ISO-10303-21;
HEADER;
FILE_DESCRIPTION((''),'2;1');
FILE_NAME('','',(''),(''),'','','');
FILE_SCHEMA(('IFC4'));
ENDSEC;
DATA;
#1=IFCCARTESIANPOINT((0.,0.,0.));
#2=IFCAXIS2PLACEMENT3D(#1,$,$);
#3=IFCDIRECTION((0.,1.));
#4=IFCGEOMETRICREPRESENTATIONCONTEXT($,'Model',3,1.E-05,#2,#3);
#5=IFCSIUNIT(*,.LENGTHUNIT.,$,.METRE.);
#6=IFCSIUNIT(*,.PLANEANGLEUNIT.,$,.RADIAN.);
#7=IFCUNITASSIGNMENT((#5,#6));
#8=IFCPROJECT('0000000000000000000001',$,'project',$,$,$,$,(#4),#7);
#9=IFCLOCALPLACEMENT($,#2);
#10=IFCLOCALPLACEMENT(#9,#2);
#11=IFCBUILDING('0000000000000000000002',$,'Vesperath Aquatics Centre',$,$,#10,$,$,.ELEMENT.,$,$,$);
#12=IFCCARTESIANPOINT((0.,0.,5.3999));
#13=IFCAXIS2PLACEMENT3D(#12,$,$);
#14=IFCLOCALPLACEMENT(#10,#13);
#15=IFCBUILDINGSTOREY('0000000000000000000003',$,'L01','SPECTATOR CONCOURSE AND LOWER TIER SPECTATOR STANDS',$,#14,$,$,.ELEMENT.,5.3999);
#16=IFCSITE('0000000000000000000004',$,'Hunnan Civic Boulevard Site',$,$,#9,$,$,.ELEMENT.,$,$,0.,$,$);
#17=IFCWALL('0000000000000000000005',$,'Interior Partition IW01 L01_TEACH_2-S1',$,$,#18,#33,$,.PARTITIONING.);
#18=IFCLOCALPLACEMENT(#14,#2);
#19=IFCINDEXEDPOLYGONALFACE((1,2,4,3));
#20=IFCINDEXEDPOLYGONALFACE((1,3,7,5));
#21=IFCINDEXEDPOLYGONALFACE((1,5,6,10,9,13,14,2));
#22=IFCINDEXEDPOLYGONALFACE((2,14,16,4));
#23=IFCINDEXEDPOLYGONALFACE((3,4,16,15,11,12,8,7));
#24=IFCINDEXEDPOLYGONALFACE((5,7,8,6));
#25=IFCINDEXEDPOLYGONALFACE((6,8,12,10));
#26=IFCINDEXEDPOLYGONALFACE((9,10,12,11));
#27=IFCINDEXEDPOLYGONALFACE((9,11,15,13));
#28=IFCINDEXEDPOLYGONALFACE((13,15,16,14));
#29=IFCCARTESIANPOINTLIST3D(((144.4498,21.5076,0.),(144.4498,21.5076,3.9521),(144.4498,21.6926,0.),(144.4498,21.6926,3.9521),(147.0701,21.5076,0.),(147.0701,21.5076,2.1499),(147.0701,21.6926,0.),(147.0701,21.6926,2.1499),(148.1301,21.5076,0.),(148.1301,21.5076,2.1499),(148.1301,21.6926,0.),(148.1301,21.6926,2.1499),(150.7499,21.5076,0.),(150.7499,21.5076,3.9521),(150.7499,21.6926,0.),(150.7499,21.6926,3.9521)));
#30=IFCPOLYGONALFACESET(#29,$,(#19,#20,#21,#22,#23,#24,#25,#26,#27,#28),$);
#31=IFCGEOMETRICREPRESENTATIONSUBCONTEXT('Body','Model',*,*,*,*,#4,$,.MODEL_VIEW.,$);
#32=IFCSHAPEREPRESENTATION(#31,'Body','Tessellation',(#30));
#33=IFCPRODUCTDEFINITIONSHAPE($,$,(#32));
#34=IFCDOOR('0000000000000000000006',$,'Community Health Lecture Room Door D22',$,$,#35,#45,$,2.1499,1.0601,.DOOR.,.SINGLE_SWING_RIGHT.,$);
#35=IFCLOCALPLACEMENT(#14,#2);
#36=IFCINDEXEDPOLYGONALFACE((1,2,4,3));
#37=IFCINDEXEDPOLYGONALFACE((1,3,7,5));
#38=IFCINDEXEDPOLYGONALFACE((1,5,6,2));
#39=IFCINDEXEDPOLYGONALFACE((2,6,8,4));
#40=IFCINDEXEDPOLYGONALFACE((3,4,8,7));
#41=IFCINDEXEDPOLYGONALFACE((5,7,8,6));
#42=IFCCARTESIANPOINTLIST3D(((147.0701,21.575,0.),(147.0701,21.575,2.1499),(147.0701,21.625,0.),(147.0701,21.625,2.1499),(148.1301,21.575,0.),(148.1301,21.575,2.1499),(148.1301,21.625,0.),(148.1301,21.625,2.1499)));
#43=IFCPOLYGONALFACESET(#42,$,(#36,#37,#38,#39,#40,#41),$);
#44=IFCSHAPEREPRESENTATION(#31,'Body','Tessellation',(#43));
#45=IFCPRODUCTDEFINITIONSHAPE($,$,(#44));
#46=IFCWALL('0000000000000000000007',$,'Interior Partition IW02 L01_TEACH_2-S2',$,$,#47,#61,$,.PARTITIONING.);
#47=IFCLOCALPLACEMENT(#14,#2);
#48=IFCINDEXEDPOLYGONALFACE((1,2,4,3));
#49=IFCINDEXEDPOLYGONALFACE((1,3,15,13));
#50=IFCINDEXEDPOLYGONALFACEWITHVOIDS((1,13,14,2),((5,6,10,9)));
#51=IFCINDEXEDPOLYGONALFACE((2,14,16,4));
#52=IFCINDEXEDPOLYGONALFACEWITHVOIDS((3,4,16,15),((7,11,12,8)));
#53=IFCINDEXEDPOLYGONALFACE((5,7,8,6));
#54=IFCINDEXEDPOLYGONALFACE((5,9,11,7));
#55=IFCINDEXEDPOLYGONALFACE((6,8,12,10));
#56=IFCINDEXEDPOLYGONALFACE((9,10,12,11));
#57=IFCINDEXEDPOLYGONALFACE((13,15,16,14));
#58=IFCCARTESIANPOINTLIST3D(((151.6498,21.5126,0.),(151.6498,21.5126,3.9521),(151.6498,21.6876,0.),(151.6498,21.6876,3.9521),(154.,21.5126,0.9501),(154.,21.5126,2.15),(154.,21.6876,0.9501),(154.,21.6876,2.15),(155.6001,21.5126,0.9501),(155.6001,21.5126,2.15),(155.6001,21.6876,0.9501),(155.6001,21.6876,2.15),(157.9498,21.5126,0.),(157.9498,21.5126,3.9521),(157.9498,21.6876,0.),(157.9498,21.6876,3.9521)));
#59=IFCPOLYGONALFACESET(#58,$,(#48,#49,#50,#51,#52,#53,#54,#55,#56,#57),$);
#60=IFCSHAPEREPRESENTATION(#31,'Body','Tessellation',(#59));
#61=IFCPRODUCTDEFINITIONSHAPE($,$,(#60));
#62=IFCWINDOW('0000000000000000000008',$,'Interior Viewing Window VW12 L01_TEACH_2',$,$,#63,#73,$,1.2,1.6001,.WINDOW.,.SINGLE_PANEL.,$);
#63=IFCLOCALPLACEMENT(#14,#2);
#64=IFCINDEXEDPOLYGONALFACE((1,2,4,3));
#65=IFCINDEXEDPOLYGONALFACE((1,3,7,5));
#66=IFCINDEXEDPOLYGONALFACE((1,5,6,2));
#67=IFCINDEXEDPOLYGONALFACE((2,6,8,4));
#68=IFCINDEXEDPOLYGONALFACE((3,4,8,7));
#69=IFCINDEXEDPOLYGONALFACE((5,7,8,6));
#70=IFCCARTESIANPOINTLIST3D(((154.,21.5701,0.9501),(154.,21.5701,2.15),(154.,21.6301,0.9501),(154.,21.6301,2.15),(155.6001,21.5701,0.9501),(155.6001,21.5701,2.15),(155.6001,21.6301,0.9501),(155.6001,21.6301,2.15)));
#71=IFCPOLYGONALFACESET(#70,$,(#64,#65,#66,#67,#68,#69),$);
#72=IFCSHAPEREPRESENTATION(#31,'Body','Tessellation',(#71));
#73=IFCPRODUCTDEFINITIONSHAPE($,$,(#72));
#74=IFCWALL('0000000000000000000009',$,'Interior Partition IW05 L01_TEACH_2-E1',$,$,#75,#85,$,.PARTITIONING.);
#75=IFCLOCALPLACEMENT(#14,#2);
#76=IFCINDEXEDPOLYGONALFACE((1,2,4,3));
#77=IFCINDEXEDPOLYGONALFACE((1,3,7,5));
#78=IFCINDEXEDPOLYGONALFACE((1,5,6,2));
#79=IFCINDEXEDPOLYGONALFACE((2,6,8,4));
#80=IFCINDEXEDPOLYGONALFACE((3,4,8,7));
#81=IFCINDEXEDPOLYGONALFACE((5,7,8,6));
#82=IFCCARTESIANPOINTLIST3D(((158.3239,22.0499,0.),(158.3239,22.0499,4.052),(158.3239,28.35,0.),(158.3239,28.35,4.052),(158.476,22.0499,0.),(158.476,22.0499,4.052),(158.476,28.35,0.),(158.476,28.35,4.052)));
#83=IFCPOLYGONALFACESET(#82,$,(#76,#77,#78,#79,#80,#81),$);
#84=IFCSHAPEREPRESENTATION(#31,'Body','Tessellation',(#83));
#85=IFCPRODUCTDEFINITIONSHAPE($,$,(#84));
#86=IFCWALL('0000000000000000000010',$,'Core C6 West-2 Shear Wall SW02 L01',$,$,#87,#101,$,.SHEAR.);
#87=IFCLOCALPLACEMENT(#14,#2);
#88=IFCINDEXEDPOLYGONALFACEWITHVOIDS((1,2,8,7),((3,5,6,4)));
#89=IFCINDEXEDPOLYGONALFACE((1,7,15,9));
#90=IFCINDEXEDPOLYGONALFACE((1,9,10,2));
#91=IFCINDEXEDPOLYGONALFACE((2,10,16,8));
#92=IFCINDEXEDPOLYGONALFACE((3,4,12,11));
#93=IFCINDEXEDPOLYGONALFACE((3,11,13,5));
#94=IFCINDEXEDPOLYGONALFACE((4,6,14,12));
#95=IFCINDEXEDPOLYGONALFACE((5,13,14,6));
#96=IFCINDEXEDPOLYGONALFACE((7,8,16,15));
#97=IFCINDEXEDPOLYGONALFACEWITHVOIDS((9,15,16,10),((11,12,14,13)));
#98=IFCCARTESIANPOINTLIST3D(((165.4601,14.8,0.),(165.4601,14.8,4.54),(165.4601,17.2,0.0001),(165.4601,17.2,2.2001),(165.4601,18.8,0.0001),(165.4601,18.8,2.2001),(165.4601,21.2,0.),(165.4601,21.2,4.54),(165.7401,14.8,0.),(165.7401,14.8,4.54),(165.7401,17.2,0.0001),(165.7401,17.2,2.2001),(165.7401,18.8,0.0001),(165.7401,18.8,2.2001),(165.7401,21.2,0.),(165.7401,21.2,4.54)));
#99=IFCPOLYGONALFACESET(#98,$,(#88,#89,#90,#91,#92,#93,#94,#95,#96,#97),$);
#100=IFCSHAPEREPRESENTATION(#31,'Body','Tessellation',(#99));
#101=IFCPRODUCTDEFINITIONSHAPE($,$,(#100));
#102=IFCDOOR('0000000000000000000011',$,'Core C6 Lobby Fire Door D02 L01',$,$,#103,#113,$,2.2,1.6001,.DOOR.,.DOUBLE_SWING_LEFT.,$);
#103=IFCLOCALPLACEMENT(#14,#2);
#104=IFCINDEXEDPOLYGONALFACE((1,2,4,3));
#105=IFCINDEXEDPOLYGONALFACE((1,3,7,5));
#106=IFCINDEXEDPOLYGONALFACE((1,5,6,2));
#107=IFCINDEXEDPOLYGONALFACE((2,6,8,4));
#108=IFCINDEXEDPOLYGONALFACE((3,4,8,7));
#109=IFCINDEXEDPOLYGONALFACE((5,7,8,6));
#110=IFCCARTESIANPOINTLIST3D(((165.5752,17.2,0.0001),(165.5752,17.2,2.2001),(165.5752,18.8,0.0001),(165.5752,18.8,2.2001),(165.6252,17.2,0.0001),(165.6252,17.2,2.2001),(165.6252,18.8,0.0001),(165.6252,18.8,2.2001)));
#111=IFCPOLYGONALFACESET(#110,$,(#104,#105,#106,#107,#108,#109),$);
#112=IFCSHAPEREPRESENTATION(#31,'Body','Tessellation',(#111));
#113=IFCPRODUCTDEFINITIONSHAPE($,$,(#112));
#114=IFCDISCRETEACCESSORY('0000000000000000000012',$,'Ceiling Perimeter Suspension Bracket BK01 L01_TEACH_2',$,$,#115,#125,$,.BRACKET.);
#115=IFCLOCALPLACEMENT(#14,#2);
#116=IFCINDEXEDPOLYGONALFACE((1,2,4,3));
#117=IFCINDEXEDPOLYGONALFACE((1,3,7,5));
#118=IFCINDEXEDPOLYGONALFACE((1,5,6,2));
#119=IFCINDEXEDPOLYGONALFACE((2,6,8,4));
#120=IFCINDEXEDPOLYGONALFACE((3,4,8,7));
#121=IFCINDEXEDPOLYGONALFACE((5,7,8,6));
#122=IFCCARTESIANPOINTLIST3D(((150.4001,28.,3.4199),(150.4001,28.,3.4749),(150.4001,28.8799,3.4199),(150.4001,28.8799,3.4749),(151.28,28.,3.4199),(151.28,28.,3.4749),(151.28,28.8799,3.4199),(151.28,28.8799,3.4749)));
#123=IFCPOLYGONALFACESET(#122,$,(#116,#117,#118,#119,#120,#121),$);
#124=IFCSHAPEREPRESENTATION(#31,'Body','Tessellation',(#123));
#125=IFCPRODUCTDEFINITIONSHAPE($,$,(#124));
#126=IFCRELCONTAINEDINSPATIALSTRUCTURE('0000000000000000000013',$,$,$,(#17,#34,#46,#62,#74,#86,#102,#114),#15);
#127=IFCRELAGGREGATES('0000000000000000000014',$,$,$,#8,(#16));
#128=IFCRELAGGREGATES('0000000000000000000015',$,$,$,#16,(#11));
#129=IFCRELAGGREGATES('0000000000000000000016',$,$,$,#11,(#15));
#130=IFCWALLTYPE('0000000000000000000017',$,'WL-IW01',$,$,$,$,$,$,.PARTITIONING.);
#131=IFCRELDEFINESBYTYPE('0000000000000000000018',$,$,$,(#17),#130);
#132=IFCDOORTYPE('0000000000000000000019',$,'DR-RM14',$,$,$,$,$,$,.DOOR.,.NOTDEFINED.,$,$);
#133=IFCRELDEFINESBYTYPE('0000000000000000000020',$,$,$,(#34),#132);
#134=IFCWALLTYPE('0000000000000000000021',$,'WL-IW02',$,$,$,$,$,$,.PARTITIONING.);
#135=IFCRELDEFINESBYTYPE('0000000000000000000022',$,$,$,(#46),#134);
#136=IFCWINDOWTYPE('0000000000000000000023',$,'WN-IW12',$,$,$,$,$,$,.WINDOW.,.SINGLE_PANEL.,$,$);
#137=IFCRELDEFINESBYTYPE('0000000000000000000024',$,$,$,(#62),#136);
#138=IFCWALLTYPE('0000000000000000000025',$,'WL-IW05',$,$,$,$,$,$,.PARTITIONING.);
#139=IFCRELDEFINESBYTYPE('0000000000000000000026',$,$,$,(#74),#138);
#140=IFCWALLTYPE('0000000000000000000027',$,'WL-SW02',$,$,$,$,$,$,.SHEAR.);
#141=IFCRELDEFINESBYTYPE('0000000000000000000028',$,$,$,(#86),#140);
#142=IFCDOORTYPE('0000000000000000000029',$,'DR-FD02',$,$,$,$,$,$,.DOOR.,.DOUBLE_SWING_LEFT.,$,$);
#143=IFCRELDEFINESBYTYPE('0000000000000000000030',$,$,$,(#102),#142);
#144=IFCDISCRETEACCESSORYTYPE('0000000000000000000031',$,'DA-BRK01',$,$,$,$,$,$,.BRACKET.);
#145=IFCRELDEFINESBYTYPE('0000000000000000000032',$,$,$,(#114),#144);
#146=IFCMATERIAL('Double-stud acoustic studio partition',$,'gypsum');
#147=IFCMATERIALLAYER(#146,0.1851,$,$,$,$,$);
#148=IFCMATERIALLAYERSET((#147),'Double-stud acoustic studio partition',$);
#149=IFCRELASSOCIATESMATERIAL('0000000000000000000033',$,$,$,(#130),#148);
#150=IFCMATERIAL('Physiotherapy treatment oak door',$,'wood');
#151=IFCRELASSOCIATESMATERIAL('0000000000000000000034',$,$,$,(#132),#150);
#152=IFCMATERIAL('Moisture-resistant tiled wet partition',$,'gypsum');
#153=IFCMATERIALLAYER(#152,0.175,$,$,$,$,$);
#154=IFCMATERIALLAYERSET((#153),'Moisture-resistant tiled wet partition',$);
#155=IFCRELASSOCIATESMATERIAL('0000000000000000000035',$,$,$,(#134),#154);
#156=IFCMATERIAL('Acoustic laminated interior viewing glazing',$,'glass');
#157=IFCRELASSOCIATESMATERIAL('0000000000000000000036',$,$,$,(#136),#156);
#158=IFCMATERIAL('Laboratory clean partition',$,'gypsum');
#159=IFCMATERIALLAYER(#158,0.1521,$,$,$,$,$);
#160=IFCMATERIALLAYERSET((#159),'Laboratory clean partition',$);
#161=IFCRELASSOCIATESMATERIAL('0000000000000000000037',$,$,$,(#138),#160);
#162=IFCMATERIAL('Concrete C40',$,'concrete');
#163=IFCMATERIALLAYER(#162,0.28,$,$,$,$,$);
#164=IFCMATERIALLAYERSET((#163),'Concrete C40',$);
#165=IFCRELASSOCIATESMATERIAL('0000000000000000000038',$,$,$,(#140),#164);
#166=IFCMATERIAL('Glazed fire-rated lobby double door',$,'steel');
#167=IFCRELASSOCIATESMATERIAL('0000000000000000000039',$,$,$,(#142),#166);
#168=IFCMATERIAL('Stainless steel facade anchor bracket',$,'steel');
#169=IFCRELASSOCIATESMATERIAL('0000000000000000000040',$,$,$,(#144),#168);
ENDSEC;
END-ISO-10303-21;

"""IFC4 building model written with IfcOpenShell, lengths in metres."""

from ifc_helpers import new_model, si_unit, direction, frame, frame_2d, origin, origin_2d, place, context, subcontext, project, spatial, rectangle, extrude, material, layer, layer_set, type_object, element, fill, save


model = new_model("IFC4")

# Units and contexts
model_context = context("Model", 3, precision=1e-05, world=origin(), true_north=direction((0.0, 1.0)))
body_context = subcontext(model_context, "Body", "Model", "MODEL_VIEW")
ifc_project = project(units=[si_unit("LENGTHUNIT", "METRE"), si_unit("PLANEANGLEUNIT", "RADIAN")], contexts=[model_context])

# Site, building, storey
site_placement = place(None, origin())
site = spatial("IfcSite", under=ifc_project, at=site_placement, Name="Hunnan Civic Boulevard Site", CompositionType="ELEMENT", RefElevation=0.0)
building_placement = place(site_placement, origin())
building = spatial("IfcBuilding", under=site, at=building_placement, Name="Vesperath Aquatics Centre", CompositionType="ELEMENT")
storey_placement = place(building_placement, frame((0.0, 0.0, 5.3999)))
storey = spatial("IfcBuildingStorey", under=building, at=storey_placement, Name="L01", Description="SPECTATOR CONCOURSE AND LOWER TIER SPECTATOR STANDS", CompositionType="ELEMENT", Elevation=5.3999)

# Shared definitions
ifc_material_1 = material(Name="Concrete C40", Category="concrete")

# Wall, opening, door
ifc_material_2 = material(Name="Double-stud acoustic studio partition", Category="gypsum")
ifc_layer_1 = layer(ifc_material_2, 0.1851)
ifc_layer_set_1 = layer_set([ifc_layer_1], Name="Double-stud acoustic studio partition")
wall_type_1 = type_object("IfcWallType", Name="WL-IW01", PredefinedType="PARTITIONING", material=ifc_layer_set_1)
wall_1_placement = place(storey_placement, frame((144.45, 21.6001, 0.0), z_axis=(0.0, 0.0, 1.0), x_axis=(1.0, 0.0, 0.0)))
wall_1 = element("IfcWall", 1, at=wall_1_placement, inside=storey, type_object=wall_type_1, Name="Interior Partition IW01 L01_TEACH_2-S1", PredefinedType="PARTITIONING", context=body_context, shape_type="SweptSolid", body=[
    extrude(rectangle(XDim=6.3, YDim=0.1851, at=frame_2d((3.1499, 0.0))), origin(), (0.0, 0.0, 1.0), 3.9521),
])
opening_1_placement = place(wall_1_placement, frame((2.6201, 0.0, 0.0)))
opening_1 = element("IfcOpeningElement", 2, at=opening_1_placement, cuts=wall_1, PredefinedType="OPENING", context=body_context, shape_type="SweptSolid", body=[
    extrude(rectangle(XDim=1.0601, YDim=2.1499, at=frame_2d((0.53, 1.075))), frame((0.0, 0.1074, 0.0), z_axis=(0.0, -1.0, 0.0), x_axis=(1.0, 0.0, 0.0)), (0.0, 0.0, 1.0), 0.2148),
])
ifc_material_3 = material(Name="Physiotherapy treatment oak door", Category="wood")
door_type_1 = type_object("IfcDoorType", Name="DR-RM14", OperationType="NOTDEFINED", PredefinedType="DOOR", material=ifc_material_3)
door_1_placement = place(opening_1_placement, origin())
door_1 = element("IfcDoor", 3, at=door_1_placement, inside=storey, type_object=door_type_1, Name="Community Health Lecture Room Door D22", OperationType="SINGLE_SWING_RIGHT", OverallHeight=2.1499, OverallWidth=1.0601, PredefinedType="DOOR", context=body_context, shape_type="SweptSolid", body=[
    extrude(rectangle(XDim=1.0601, YDim=2.1499, at=frame_2d((0.53, 1.075))), frame((0.0, 0.0249, 0.0), z_axis=(0.0, -1.0, 0.0), x_axis=(1.0, 0.0, 0.0)), (0.0, 0.0, 1.0), 0.05),
])
fill(opening_1, door_1)

# Wall, opening, window
ifc_material_4 = material(Name="Moisture-resistant tiled wet partition", Category="gypsum")
ifc_layer_2 = layer(ifc_material_4, 0.175)
ifc_layer_set_2 = layer_set([ifc_layer_2], Name="Moisture-resistant tiled wet partition")
wall_type_2 = type_object("IfcWallType", Name="WL-IW02", PredefinedType="PARTITIONING", material=ifc_layer_set_2)
wall_2_placement = place(storey_placement, frame((151.6499, 21.6001, 0.0), z_axis=(0.0, 0.0, 1.0), x_axis=(1.0, 0.0, 0.0)))
wall_2 = element("IfcWall", 4, at=wall_2_placement, inside=storey, type_object=wall_type_2, Name="Interior Partition IW02 L01_TEACH_2-S2", PredefinedType="PARTITIONING", context=body_context, shape_type="SweptSolid", body=[
    extrude(rectangle(XDim=6.3, YDim=0.175, at=frame_2d((3.1499, 0.0))), origin(), (0.0, 0.0, 1.0), 3.9521),
])
opening_2_placement = place(wall_2_placement, frame((2.3501, 0.0, 0.95)))
opening_2 = element("IfcOpeningElement", 5, at=opening_2_placement, cuts=wall_2, PredefinedType="OPENING", context=body_context, shape_type="SweptSolid", body=[
    extrude(rectangle(XDim=1.6001, YDim=1.2, at=frame_2d((0.8, 0.6001))), frame((0.0, 0.1025, 0.0), z_axis=(0.0, -1.0, 0.0), x_axis=(1.0, 0.0, 0.0)), (0.0, 0.0, 1.0), 0.2048),
])
ifc_material_5 = material(Name="Acoustic laminated interior viewing glazing", Category="glass")
window_type = type_object("IfcWindowType", Name="WN-IW12", PartitioningType="SINGLE_PANEL", PredefinedType="WINDOW", material=ifc_material_5)
window_placement = place(opening_2_placement, origin())
window = element("IfcWindow", 6, at=window_placement, inside=storey, type_object=window_type, Name="Interior Viewing Window VW12 L01_TEACH_2", OverallHeight=1.2, OverallWidth=1.6001, PartitioningType="SINGLE_PANEL", PredefinedType="WINDOW", context=body_context, shape_type="SweptSolid", body=[
    extrude(rectangle(XDim=1.6001, YDim=1.2, at=frame_2d((0.8, 0.6001))), frame((0.0, 0.03, 0.0), z_axis=(0.0, -1.0, 0.0), x_axis=(1.0, 0.0, 0.0)), (0.0, 0.0, 1.0), 0.0601),
])
fill(opening_2, window)

# Wall
ifc_material_6 = material(Name="Laboratory clean partition", Category="gypsum")
ifc_layer_3 = layer(ifc_material_6, 0.1521)
ifc_layer_set_3 = layer_set([ifc_layer_3], Name="Laboratory clean partition")
wall_type_3 = type_object("IfcWallType", Name="WL-IW05", PredefinedType="PARTITIONING", material=ifc_layer_set_3)
wall_3_placement = place(storey_placement, frame((158.3999, 22.05, 0.0), z_axis=(0.0, 0.0, 1.0), x_axis=(0.0, 1.0, 0.0)))
element("IfcWall", 7, at=wall_3_placement, inside=storey, type_object=wall_type_3, Name="Interior Partition IW05 L01_TEACH_2-E1", PredefinedType="PARTITIONING", context=body_context, shape_type="SweptSolid", body=[
    extrude(rectangle(XDim=6.3, YDim=0.1521, at=frame_2d((3.1499, 0.0))), origin(), (0.0, 0.0, 1.0), 4.052),
])

# Wall, opening, door
ifc_layer_4 = layer(ifc_material_1, 0.28)
ifc_layer_set_4 = layer_set([ifc_layer_4], Name="Concrete C40")
wall_type_4 = type_object("IfcWallType", Name="WL-SW02", PredefinedType="SHEAR", material=ifc_layer_set_4)
wall_4_placement = place(storey_placement, frame((165.6001, 14.8, 0.0), z_axis=(0.0, 0.0, 1.0), x_axis=(0.0, 1.0, 0.0)))
wall_4 = element("IfcWall", 8, at=wall_4_placement, inside=storey, type_object=wall_type_4, Name="Core C6 West-2 Shear Wall SW02 L01", PredefinedType="SHEAR", context=body_context, shape_type="SweptSolid", body=[
    extrude(rectangle(XDim=6.3999, YDim=0.28, at=frame_2d((3.2, 0.0))), origin(), (0.0, 0.0, 1.0), 4.54),
])
opening_3_placement = place(wall_4_placement, frame((2.3999, 0.0, 0.0)))
opening_3 = element("IfcOpeningElement", 9, at=opening_3_placement, cuts=wall_4, PredefinedType="OPENING", context=body_context, shape_type="SweptSolid", body=[
    extrude(rectangle(XDim=1.6001, YDim=2.2, at=frame_2d((0.8, 1.1001))), frame((0.0, 0.1548, 0.0), z_axis=(0.0, -1.0, 0.0), x_axis=(1.0, 0.0, 0.0)), (0.0, 0.0, 1.0), 0.3098),
])
ifc_material_7 = material(Name="Glazed fire-rated lobby double door", Category="steel")
door_type_2 = type_object("IfcDoorType", Name="DR-FD02", OperationType="DOUBLE_SWING_LEFT", PredefinedType="DOOR", material=ifc_material_7)
door_2_placement = place(opening_3_placement, origin())
door_2 = element("IfcDoor", 10, at=door_2_placement, inside=storey, type_object=door_type_2, Name="Core C6 Lobby Fire Door D02 L01", OperationType="DOUBLE_SWING_LEFT", OverallHeight=2.2, OverallWidth=1.6001, PredefinedType="DOOR", context=body_context, shape_type="SweptSolid", body=[
    extrude(rectangle(XDim=1.6001, YDim=2.2, at=frame_2d((0.8, 1.1001))), frame((0.0, 0.0249, 0.0), z_axis=(0.0, -1.0, 0.0), x_axis=(1.0, 0.0, 0.0)), (0.0, 0.0, 1.0), 0.05),
])
fill(opening_3, door_2)

# Discrete accessory
ifc_material_8 = material(Name="Stainless steel facade anchor bracket", Category="steel")
discrete_accessory_type = type_object("IfcDiscreteAccessoryType", Name="DA-BRK01", PredefinedType="BRACKET", material=ifc_material_8)
discrete_accessory_placement = place(storey_placement, frame((150.8401, 28.4399, 3.4199), z_axis=(0.0, 0.0, 1.0), x_axis=(1.0, 0.0, 0.0)))
element("IfcDiscreteAccessory", 11, at=discrete_accessory_placement, inside=storey, type_object=discrete_accessory_type, Name="Ceiling Perimeter Suspension Bracket BK01 L01_TEACH_2", PredefinedType="BRACKET", context=body_context, shape_type="SweptSolid", body=[
    extrude(rectangle(XDim=0.8799, YDim=0.8799, at=origin_2d()), origin(), (0.0, 0.0, 1.0), 0.0549),
])

save(model, "model.ifc")
